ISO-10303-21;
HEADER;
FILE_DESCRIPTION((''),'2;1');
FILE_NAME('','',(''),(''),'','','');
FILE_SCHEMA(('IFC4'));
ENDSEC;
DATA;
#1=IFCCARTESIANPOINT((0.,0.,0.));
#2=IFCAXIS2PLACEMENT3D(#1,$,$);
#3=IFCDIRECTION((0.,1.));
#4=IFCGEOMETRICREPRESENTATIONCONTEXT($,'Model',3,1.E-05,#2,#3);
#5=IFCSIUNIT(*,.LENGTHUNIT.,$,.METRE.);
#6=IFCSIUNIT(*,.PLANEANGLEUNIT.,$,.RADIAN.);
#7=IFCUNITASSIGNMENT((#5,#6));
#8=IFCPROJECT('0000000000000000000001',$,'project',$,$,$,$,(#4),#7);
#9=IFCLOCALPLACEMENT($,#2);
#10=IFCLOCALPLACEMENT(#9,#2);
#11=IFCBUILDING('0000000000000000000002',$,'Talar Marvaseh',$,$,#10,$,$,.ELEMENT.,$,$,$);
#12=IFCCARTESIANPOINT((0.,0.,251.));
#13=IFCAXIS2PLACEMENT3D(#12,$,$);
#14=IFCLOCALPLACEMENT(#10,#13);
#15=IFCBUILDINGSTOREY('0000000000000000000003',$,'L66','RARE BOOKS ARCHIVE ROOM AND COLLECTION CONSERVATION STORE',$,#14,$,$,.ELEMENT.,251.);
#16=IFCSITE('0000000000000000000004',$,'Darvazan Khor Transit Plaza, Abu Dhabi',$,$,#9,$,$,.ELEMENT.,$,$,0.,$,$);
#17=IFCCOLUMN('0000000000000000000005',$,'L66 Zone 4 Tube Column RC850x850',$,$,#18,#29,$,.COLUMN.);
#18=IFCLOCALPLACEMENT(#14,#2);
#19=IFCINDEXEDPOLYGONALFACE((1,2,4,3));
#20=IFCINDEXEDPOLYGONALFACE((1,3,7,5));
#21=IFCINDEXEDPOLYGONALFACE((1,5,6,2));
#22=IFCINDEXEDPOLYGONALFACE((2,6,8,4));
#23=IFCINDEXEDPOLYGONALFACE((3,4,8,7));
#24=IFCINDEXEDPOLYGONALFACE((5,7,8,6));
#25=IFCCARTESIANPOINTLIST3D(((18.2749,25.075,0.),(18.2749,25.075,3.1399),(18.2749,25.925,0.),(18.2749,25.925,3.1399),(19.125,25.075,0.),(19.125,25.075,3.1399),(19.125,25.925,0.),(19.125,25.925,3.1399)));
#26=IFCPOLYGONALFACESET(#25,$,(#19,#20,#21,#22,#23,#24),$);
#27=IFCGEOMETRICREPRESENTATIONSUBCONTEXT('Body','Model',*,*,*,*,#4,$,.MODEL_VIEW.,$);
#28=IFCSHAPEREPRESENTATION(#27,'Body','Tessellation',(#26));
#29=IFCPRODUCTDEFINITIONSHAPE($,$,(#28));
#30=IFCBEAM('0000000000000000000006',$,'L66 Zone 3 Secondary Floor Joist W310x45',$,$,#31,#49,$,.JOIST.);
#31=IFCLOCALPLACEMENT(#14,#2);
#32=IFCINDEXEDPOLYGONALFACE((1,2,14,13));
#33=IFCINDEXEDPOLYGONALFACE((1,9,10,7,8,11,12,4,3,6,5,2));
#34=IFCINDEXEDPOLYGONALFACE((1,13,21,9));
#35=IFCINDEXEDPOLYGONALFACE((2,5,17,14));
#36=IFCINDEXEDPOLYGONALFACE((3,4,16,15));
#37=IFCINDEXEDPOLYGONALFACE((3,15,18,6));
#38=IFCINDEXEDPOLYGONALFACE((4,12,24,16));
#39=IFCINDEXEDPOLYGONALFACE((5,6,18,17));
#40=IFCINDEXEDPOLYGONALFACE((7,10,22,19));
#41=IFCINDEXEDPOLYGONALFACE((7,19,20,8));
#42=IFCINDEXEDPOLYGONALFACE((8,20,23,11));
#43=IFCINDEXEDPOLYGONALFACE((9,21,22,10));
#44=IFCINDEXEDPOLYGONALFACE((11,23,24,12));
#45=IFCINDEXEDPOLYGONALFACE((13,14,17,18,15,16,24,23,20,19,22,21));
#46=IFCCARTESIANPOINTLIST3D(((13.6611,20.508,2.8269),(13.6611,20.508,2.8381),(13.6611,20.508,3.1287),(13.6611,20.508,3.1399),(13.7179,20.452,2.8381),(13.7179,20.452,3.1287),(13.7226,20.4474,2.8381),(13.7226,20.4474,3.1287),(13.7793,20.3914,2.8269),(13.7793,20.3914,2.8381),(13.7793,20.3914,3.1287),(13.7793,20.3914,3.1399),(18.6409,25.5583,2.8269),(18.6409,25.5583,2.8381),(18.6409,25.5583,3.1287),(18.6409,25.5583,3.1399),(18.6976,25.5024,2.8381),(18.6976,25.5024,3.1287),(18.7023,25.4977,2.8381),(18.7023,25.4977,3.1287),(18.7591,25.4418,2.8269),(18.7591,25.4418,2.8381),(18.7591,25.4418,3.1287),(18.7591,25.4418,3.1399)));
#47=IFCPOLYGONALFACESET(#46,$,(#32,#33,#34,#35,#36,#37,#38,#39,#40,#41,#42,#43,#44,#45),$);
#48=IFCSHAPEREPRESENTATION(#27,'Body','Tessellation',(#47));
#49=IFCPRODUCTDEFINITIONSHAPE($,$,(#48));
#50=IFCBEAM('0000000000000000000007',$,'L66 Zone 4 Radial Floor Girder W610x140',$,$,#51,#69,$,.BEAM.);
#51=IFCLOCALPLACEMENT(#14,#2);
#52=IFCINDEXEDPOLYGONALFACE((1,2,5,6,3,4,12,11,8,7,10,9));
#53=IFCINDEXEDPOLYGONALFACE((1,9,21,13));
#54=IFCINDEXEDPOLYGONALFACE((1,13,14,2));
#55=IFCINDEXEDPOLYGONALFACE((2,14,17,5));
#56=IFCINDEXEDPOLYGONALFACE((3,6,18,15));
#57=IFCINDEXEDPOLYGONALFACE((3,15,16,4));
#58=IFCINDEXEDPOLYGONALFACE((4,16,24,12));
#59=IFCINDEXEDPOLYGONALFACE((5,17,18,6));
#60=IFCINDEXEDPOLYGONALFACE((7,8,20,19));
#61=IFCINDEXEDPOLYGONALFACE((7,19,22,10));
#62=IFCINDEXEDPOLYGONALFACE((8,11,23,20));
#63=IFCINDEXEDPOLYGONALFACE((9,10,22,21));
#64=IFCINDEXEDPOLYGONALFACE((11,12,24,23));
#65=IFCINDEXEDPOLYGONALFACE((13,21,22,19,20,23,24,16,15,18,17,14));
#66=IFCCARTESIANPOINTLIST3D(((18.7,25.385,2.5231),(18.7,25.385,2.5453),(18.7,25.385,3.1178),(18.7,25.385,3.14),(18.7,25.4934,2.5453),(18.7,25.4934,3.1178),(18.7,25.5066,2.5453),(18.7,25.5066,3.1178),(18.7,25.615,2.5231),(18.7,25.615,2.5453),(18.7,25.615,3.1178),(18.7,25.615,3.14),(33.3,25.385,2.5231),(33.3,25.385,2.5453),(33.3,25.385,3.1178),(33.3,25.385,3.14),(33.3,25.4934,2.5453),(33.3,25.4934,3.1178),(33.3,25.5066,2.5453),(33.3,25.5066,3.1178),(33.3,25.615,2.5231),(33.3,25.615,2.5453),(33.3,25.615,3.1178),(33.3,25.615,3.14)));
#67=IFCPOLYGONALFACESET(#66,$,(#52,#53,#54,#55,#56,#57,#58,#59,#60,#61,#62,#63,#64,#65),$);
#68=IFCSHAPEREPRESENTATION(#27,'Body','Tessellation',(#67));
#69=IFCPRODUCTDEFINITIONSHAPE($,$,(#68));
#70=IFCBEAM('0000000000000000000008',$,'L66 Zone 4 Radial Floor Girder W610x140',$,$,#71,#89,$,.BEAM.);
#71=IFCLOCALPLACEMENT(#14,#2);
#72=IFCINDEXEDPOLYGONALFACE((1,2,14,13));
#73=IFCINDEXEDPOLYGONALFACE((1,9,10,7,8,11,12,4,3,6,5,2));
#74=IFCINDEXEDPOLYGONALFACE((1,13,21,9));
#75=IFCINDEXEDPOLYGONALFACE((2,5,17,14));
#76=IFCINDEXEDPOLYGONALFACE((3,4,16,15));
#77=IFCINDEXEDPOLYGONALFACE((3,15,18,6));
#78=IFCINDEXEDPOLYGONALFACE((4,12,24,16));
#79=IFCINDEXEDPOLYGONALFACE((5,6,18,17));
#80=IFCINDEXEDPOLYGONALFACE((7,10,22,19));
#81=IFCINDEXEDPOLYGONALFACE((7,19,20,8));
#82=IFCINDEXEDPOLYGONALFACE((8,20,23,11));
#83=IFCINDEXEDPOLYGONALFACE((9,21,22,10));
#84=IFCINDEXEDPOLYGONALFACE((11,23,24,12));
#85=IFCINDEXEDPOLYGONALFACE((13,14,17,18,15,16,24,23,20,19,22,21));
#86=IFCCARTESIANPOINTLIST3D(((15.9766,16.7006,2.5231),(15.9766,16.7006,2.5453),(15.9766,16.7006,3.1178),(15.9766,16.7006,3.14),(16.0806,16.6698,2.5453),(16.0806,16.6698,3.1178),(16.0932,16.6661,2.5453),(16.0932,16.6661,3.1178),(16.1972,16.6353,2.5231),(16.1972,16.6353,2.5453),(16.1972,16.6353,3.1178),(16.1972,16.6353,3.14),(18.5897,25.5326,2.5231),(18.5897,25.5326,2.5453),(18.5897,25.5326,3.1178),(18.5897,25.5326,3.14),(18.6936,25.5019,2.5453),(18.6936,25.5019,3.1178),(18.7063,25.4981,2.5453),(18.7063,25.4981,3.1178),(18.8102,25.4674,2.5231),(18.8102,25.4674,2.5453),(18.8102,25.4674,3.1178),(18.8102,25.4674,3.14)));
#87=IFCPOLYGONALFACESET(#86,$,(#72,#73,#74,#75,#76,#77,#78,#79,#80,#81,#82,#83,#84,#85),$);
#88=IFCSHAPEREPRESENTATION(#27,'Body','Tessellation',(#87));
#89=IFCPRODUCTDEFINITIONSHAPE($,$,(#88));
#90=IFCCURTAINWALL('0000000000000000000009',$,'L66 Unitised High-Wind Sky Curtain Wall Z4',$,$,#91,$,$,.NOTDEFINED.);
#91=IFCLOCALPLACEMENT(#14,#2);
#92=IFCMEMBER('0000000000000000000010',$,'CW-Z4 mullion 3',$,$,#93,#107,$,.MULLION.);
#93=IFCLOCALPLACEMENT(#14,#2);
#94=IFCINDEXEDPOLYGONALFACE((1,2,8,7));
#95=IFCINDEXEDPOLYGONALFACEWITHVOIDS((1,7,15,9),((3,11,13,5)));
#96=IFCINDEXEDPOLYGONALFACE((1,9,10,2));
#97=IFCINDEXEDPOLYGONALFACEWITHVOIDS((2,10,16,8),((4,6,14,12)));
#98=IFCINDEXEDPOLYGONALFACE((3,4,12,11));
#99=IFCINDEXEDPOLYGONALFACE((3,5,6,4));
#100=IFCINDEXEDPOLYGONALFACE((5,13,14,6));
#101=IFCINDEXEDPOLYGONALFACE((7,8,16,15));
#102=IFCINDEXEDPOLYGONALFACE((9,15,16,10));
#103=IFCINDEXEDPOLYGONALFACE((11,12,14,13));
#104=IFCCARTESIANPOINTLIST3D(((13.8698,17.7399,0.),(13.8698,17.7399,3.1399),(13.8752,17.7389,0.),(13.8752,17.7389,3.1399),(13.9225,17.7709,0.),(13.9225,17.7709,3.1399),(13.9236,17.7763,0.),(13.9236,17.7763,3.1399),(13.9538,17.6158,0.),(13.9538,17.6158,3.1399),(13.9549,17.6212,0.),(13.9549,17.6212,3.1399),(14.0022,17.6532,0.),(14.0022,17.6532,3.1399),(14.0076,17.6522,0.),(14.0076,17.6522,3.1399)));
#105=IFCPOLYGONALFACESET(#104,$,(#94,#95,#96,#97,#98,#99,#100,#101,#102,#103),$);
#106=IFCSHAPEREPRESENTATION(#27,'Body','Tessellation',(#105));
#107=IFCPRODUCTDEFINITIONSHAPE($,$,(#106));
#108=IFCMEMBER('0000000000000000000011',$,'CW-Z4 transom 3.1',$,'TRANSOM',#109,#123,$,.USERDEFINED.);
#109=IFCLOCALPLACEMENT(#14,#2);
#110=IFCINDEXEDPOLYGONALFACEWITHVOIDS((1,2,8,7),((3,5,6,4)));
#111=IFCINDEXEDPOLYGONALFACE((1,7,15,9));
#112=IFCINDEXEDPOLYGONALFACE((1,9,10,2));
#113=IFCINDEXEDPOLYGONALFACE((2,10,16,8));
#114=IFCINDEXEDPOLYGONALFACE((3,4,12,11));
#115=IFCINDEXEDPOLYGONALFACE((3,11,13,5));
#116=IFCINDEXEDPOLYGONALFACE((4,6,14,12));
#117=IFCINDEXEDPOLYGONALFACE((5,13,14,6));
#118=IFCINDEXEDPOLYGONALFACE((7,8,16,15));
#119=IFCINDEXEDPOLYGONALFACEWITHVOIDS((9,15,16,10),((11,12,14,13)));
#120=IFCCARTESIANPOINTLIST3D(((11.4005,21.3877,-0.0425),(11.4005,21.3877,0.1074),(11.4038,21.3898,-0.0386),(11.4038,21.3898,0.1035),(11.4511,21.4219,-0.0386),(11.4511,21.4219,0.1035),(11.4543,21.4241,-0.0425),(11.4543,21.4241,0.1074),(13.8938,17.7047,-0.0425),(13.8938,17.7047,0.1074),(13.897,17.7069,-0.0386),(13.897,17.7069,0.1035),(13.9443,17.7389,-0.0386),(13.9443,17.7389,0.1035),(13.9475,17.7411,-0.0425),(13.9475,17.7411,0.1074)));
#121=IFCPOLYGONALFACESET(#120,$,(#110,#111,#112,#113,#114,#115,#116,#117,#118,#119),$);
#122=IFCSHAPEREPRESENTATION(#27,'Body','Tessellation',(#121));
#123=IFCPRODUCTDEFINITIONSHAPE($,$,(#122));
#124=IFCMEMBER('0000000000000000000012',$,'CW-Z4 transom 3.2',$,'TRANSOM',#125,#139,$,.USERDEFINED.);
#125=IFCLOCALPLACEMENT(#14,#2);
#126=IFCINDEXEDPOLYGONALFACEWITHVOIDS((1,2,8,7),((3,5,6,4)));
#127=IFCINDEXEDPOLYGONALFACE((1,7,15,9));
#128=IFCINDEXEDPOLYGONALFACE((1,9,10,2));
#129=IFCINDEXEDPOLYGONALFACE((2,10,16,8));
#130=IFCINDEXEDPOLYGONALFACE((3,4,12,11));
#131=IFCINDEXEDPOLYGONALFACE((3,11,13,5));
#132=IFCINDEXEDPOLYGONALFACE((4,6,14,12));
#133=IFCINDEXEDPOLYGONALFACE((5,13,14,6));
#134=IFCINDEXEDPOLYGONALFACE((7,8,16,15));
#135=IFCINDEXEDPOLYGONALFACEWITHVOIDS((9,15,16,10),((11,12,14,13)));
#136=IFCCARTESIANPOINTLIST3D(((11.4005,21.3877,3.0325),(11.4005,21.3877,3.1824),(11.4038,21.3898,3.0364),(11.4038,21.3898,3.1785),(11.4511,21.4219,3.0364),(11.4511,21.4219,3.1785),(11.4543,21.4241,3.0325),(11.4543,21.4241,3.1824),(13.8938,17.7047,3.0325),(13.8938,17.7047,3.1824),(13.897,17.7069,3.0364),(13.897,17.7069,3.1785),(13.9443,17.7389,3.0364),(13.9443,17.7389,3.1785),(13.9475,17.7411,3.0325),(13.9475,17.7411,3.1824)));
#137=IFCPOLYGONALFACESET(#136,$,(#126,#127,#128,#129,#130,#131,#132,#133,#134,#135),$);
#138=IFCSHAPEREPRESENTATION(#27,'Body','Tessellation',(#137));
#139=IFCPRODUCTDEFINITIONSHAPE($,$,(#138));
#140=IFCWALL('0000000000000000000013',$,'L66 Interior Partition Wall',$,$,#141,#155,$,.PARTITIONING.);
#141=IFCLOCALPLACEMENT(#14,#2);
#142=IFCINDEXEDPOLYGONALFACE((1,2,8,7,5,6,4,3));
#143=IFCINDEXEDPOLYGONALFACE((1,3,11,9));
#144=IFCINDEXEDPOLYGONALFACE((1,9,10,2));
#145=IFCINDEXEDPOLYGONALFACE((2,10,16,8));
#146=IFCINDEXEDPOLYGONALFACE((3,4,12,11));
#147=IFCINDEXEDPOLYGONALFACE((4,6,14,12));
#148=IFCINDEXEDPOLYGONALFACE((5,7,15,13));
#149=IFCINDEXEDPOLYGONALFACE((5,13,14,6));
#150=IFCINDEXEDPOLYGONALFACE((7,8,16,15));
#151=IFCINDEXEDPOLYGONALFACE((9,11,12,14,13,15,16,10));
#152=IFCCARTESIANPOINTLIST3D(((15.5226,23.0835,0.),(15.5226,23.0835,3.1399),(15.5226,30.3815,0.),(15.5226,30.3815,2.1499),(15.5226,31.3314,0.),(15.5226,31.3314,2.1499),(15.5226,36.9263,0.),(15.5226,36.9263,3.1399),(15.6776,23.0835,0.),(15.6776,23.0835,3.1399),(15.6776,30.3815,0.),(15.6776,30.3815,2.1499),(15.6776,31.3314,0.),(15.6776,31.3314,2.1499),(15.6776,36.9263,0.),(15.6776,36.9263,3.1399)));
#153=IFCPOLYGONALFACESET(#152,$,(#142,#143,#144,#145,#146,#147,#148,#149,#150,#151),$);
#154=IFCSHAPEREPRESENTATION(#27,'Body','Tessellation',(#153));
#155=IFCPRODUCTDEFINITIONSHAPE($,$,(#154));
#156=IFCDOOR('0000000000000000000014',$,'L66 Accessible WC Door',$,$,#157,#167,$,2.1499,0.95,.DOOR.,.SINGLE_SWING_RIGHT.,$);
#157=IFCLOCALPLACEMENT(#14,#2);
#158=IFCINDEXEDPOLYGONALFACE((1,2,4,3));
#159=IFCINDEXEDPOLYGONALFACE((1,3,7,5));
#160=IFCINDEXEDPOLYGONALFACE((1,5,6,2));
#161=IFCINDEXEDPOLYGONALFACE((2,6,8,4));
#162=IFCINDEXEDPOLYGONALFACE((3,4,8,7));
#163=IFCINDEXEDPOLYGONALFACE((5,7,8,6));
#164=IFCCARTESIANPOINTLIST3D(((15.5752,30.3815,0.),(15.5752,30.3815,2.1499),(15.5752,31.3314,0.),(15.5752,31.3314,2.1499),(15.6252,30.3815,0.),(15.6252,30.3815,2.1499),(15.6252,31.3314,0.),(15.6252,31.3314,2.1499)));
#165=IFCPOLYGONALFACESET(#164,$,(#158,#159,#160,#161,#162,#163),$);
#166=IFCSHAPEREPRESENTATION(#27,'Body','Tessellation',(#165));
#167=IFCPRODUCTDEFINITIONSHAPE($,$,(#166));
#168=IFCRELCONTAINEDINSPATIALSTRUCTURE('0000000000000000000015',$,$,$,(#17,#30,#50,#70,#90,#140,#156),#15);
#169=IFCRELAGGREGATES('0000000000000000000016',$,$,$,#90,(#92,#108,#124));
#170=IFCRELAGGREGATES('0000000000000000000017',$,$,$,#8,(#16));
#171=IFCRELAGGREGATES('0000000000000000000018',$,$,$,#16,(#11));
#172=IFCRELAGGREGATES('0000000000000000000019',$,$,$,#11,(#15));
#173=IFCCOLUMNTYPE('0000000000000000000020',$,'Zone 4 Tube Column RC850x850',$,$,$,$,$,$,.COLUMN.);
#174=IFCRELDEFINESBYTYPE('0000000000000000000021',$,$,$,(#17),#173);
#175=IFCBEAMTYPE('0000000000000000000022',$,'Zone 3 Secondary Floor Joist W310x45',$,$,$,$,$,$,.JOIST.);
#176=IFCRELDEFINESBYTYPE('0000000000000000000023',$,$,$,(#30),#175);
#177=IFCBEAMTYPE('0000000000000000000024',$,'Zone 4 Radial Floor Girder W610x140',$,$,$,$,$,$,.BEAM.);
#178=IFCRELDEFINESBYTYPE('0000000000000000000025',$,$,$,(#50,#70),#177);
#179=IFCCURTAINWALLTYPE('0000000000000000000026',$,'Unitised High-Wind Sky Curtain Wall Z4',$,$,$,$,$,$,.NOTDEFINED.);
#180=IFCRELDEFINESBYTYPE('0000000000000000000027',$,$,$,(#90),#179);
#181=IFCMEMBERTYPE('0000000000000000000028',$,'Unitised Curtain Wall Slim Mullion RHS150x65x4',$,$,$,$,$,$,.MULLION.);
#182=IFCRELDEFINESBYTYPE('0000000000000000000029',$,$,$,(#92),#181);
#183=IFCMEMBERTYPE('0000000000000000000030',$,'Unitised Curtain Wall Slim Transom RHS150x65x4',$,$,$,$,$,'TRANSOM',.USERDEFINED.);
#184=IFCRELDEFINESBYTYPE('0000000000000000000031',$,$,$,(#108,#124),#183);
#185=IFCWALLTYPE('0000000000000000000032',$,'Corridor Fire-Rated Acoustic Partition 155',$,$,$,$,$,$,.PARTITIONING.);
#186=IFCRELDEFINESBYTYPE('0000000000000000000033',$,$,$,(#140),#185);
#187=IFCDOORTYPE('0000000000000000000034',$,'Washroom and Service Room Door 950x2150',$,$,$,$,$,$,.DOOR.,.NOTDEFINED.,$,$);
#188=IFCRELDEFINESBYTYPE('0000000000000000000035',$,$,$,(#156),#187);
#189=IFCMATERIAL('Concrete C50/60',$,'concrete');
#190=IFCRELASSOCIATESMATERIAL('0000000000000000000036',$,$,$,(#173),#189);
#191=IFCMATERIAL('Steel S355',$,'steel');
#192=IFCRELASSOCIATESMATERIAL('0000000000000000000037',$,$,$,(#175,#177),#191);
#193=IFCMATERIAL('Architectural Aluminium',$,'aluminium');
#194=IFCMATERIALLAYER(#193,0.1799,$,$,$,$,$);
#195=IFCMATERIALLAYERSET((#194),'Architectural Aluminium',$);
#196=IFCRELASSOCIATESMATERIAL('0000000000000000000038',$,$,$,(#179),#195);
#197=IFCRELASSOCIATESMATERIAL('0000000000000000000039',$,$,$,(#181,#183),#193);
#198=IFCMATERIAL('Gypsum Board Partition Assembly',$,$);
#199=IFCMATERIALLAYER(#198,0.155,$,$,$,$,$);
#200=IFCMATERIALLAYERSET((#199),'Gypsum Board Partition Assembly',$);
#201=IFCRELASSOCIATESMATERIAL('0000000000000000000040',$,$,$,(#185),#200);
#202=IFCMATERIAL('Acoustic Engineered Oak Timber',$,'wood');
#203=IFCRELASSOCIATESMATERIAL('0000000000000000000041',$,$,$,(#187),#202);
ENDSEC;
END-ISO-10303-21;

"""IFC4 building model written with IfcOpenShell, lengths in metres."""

from ifc_helpers import new_model, si_unit, direction, frame, frame_2d, origin, origin_2d, place, context, subcontext, project, spatial, rectangle, hollow_rectangle, i_section, extrude, source, transform, mapped, material, layer, layer_set, material_profile, profile_set, type_object, type_shapes, element, fill, aggregate, save


model = new_model("IFC4")

# Units and contexts
model_context = context("Model", 3, precision=1e-05, world=origin(), true_north=direction((0.0, 1.0)))
body_context = subcontext(model_context, "Body", "Model", "MODEL_VIEW")
ifc_project = project(units=[si_unit("LENGTHUNIT", "METRE"), si_unit("PLANEANGLEUNIT", "RADIAN")], contexts=[model_context])

# Site, building, storey
site_placement = place(None, origin())
site = spatial("IfcSite", under=ifc_project, at=site_placement, Name="Darvazan Khor Transit Plaza, Abu Dhabi", CompositionType="ELEMENT", RefElevation=0.0)
building_placement = place(site_placement, origin())
building = spatial("IfcBuilding", under=site, at=building_placement, Name="Talar Marvaseh", CompositionType="ELEMENT")
storey_placement = place(building_placement, frame((0.0, 0.0, 251.0)))
storey = spatial("IfcBuildingStorey", under=building, at=storey_placement, Name="L66", Description="RARE BOOKS ARCHIVE ROOM AND COLLECTION CONSERVATION STORE", CompositionType="ELEMENT", Elevation=251.0)

# Column
ifc_material_1 = material(Name="Concrete C50/60", Category="concrete")
ifc_material_profile_1 = material_profile(ifc_material_1, rectangle(XDim=0.8501, YDim=0.8501, at=origin_2d()), Name="RC850x850")
ifc_profile_set_1 = profile_set([ifc_material_profile_1], Name="Concrete C50/60")
column_type = type_object("IfcColumnType", Name="Zone 4 Tube Column RC850x850", PredefinedType="COLUMN", material=ifc_profile_set_1)
column_placement = place(storey_placement, frame((18.7, 25.5, 0.0), z_axis=(0.0, 0.0, 1.0), x_axis=(1.0, 0.0, 0.0)))
element("IfcColumn", 1, at=column_placement, inside=storey, type_object=column_type, Name="L66 Zone 4 Tube Column RC850x850", PredefinedType="COLUMN", context=body_context, shape_type="SweptSolid", body=[
    extrude(rectangle(XDim=0.8501, YDim=0.8501, at=origin_2d()), origin(), (0.0, 0.0, 1.0), 3.1399),
])

# Beams
ifc_material_2 = material(Name="Steel S355", Category="steel")
ifc_material_profile_2 = material_profile(ifc_material_2, i_section(OverallWidth=0.166, OverallDepth=0.313, WebThickness=0.0066, FlangeThickness=0.0112, at=origin_2d()), Name="W310x45")
ifc_profile_set_2 = profile_set([ifc_material_profile_2], Name="Steel S355")
beam_type_1 = type_object("IfcBeamType", Name="Zone 3 Secondary Floor Joist W310x45", PredefinedType="JOIST", material=ifc_profile_set_2)
beam_1_placement = place(storey_placement, frame((13.7202, 20.4497, 2.9834), z_axis=(0.702115, 0.712063, 0.0), x_axis=(-0.712063, 0.702115, 0.0)))
element("IfcBeam", 2, at=beam_1_placement, inside=storey, type_object=beam_type_1, Name="L66 Zone 3 Secondary Floor Joist W310x45", PredefinedType="JOIST", context=body_context, shape_type="SweptSolid", body=[
    extrude(i_section(OverallWidth=0.166, OverallDepth=0.313, WebThickness=0.0066, FlangeThickness=0.0112, at=origin_2d()), origin(), (0.0, 0.0, 1.0), 7.0925),
])
ifc_material_profile_3 = material_profile(ifc_material_2, i_section(OverallWidth=0.23, OverallDepth=0.6169, WebThickness=0.0132, FlangeThickness=0.0222, at=origin_2d()), Name="W610x140")
ifc_profile_set_3 = profile_set([ifc_material_profile_3], Name="Steel S355")
beam_type_2 = type_object("IfcBeamType", Name="Zone 4 Radial Floor Girder W610x140", PredefinedType="BEAM", material=ifc_profile_set_3)
beam_2_placement = place(storey_placement, frame((18.7, 25.5, 2.8315), z_axis=(1.0, 0.0, 0.0), x_axis=(0.0, 1.0, 0.0)))
element("IfcBeam", 3, at=beam_2_placement, inside=storey, type_object=beam_type_2, Name="L66 Zone 4 Radial Floor Girder W610x140", PredefinedType="BEAM", context=body_context, shape_type="SweptSolid", body=[
    extrude(i_section(OverallWidth=0.23, OverallDepth=0.6169, WebThickness=0.0132, FlangeThickness=0.0222, at=origin_2d()), origin(), (0.0, 0.0, 1.0), 14.6001),
])
beam_3_placement = place(storey_placement, frame((16.0869, 16.668, 2.8315), z_axis=(0.283703, 0.958912, 0.0), x_axis=(-0.958912, 0.283703, 0.0)))
element("IfcBeam", 4, at=beam_3_placement, inside=storey, type_object=beam_type_2, Name="L66 Zone 4 Radial Floor Girder W610x140", PredefinedType="BEAM", context=body_context, shape_type="SweptSolid", body=[
    extrude(i_section(OverallWidth=0.23, OverallDepth=0.6169, WebThickness=0.0132, FlangeThickness=0.0222, at=origin_2d()), origin(), (0.0, 0.0, 1.0), 9.2104),
])

# Curtain wall, members
ifc_material_3 = material(Name="Architectural Aluminium", Category="aluminium")
ifc_layer_1 = layer(ifc_material_3, 0.1799)
ifc_layer_set_1 = layer_set([ifc_layer_1], Name="Architectural Aluminium")
curtain_wall_type = type_object("IfcCurtainWallType", Name="Unitised High-Wind Sky Curtain Wall Z4", PredefinedType="NOTDEFINED", material=ifc_layer_set_1)
curtain_wall_placement = place(storey_placement, origin())
curtain_wall = element("IfcCurtainWall", 5, at=curtain_wall_placement, inside=storey, type_object=curtain_wall_type, Name="L66 Unitised High-Wind Sky Curtain Wall Z4", PredefinedType="NOTDEFINED")
ifc_material_profile_4 = material_profile(ifc_material_3, hollow_rectangle(XDim=0.0649, YDim=0.1499, WallThickness=0.0039, at=origin_2d()), Name="RHS150x65x4")
ifc_profile_set_4 = profile_set([ifc_material_profile_4], Name="Architectural Aluminium")
member_type_1 = type_object("IfcMemberType", Name="Unitised Curtain Wall Slim Mullion RHS150x65x4", PredefinedType="MULLION", material=ifc_profile_set_4)
shared_shape_1 = source(origin(), body_context, "Body", "SweptSolid", [
    extrude(hollow_rectangle(XDim=0.0649, YDim=0.1499, WallThickness=0.0039, at=origin_2d()), origin(), (0.0, 0.0, 1.0), 3.1399),
])
type_shapes(member_type_1, [shared_shape_1])
member_1_placement = place(storey_placement, frame((13.9387, 17.696, 0.0), z_axis=(0.0, 0.0, 1.0), x_axis=(-0.828098, -0.560583, 0.0)))
member_1 = element("IfcMember", 6, at=member_1_placement, type_object=member_type_1, Name="CW-Z4 mullion 3", PredefinedType="MULLION", context=body_context, shape_type="MappedRepresentation", body=[
    mapped(shared_shape_1, transform((0.0, 0.0, 0.0), x_axis=(1.0, 0.0, 0.0), y_axis=(0.0, 1.0, 0.0), z_axis=(0.0, 0.0, 1.0), scale=1.0)),
])
ifc_material_profile_5 = material_profile(ifc_material_3, hollow_rectangle(XDim=0.0649, YDim=0.1499, WallThickness=0.0039, at=origin_2d()), Name="RHS150x65x4")
ifc_profile_set_5 = profile_set([ifc_material_profile_5], Name="Architectural Aluminium")
member_type_2 = type_object("IfcMemberType", Name="Unitised Curtain Wall Slim Transom RHS150x65x4", ElementType="TRANSOM", PredefinedType="USERDEFINED", material=ifc_profile_set_5)
shared_shape_2 = source(origin(), body_context, "Body", "SweptSolid", [
    extrude(hollow_rectangle(XDim=0.0649, YDim=0.1499, WallThickness=0.0039, at=origin_2d()), origin(), (0.0, 0.0, 1.0), 4.4475),
])
type_shapes(member_type_2, [shared_shape_2])
member_2_placement = place(storey_placement, frame((13.9207, 17.7229, 0.0325), z_axis=(-0.56059, 0.828094, 0.0), x_axis=(-0.828094, -0.56059, 0.0)))
member_2 = element("IfcMember", 7, at=member_2_placement, type_object=member_type_2, Name="CW-Z4 transom 3.1", ObjectType="TRANSOM", PredefinedType="USERDEFINED", context=body_context, shape_type="MappedRepresentation", body=[
    mapped(shared_shape_2, transform((0.0, 0.0, 0.0), x_axis=(1.0, 0.0, 0.0), y_axis=(0.0, 1.0, 0.0), z_axis=(0.0, 0.0, 1.0), scale=1.0)),
])
member_3_placement = place(storey_placement, frame((13.9207, 17.7229, 3.1074), z_axis=(-0.56059, 0.828094, 0.0), x_axis=(-0.828094, -0.56059, 0.0)))
member_3 = element("IfcMember", 8, at=member_3_placement, type_object=member_type_2, Name="CW-Z4 transom 3.2", ObjectType="TRANSOM", PredefinedType="USERDEFINED", context=body_context, shape_type="MappedRepresentation", body=[
    mapped(shared_shape_2, transform((0.0, 0.0, 0.0), x_axis=(1.0, 0.0, 0.0), y_axis=(0.0, 1.0, 0.0), z_axis=(0.0, 0.0, 1.0), scale=1.0)),
])
aggregate(curtain_wall, [member_1, member_2, member_3])

# Wall, opening, door
ifc_material_4 = material(Name="Gypsum Board Partition Assembly")
ifc_layer_2 = layer(ifc_material_4, 0.155)
ifc_layer_set_2 = layer_set([ifc_layer_2], Name="Gypsum Board Partition Assembly")
wall_type_1 = type_object("IfcWallType", Name="Corridor Fire-Rated Acoustic Partition 155", PredefinedType="PARTITIONING", material=ifc_layer_set_2)
wall_1_placement = place(storey_placement, frame((15.6001, 23.0835, 0.0), z_axis=(0.0, 0.0, 1.0), x_axis=(0.0, 1.0, 0.0)))
wall_1 = element("IfcWall", 9, at=wall_1_placement, inside=storey, type_object=wall_type_1, Name="L66 Interior Partition Wall", PredefinedType="PARTITIONING", context=body_context, shape_type="SweptSolid", body=[
    extrude(rectangle(XDim=13.8428, YDim=0.155, at=frame_2d((6.9214, 0.0))), origin(), (0.0, 0.0, 1.0), 3.1399),
])
opening_placement = place(wall_1_placement, frame((7.2979, 0.0, 0.0)))
opening = element("IfcOpeningElement", 10, at=opening_placement, cuts=wall_1, PredefinedType="OPENING", context=body_context, shape_type="SweptSolid", body=[
    extrude(rectangle(XDim=0.95, YDim=2.1499, at=frame_2d((0.4751, 1.075))), frame((0.0, 0.0874, 0.0), z_axis=(0.0, -1.0, 0.0), x_axis=(1.0, 0.0, 0.0)), (0.0, 0.0, 1.0), 0.175),
])
ifc_material_5 = material(Name="Acoustic Engineered Oak Timber", Category="wood")
door_type = type_object("IfcDoorType", Name="Washroom and Service Room Door 950x2150", OperationType="NOTDEFINED", PredefinedType="DOOR", material=ifc_material_5)
shared_shape_3 = source(origin(), body_context, "Body", "SweptSolid", [
    extrude(rectangle(XDim=0.95, YDim=2.1499, at=frame_2d((0.4751, 1.075))), frame((0.0, 0.0249, 0.0), z_axis=(0.0, -1.0, 0.0), x_axis=(1.0, 0.0, 0.0)), (0.0, 0.0, 1.0), 0.05),
])
type_shapes(door_type, [shared_shape_3])
door_placement = place(opening_placement, origin())
door = element("IfcDoor", 11, at=door_placement, inside=storey, type_object=door_type, Name="L66 Accessible WC Door", OperationType="SINGLE_SWING_RIGHT", OverallHeight=2.1499, OverallWidth=0.95, PredefinedType="DOOR", context=body_context, shape_type="MappedRepresentation", body=[
    mapped(shared_shape_3, transform((0.0, 0.0, 0.0), x_axis=(1.0, 0.0, 0.0), y_axis=(0.0, 1.0, 0.0), z_axis=(0.0, 0.0, 1.0), scale=1.0)),
])
fill(opening, door)

save(model, "model.ifc")
